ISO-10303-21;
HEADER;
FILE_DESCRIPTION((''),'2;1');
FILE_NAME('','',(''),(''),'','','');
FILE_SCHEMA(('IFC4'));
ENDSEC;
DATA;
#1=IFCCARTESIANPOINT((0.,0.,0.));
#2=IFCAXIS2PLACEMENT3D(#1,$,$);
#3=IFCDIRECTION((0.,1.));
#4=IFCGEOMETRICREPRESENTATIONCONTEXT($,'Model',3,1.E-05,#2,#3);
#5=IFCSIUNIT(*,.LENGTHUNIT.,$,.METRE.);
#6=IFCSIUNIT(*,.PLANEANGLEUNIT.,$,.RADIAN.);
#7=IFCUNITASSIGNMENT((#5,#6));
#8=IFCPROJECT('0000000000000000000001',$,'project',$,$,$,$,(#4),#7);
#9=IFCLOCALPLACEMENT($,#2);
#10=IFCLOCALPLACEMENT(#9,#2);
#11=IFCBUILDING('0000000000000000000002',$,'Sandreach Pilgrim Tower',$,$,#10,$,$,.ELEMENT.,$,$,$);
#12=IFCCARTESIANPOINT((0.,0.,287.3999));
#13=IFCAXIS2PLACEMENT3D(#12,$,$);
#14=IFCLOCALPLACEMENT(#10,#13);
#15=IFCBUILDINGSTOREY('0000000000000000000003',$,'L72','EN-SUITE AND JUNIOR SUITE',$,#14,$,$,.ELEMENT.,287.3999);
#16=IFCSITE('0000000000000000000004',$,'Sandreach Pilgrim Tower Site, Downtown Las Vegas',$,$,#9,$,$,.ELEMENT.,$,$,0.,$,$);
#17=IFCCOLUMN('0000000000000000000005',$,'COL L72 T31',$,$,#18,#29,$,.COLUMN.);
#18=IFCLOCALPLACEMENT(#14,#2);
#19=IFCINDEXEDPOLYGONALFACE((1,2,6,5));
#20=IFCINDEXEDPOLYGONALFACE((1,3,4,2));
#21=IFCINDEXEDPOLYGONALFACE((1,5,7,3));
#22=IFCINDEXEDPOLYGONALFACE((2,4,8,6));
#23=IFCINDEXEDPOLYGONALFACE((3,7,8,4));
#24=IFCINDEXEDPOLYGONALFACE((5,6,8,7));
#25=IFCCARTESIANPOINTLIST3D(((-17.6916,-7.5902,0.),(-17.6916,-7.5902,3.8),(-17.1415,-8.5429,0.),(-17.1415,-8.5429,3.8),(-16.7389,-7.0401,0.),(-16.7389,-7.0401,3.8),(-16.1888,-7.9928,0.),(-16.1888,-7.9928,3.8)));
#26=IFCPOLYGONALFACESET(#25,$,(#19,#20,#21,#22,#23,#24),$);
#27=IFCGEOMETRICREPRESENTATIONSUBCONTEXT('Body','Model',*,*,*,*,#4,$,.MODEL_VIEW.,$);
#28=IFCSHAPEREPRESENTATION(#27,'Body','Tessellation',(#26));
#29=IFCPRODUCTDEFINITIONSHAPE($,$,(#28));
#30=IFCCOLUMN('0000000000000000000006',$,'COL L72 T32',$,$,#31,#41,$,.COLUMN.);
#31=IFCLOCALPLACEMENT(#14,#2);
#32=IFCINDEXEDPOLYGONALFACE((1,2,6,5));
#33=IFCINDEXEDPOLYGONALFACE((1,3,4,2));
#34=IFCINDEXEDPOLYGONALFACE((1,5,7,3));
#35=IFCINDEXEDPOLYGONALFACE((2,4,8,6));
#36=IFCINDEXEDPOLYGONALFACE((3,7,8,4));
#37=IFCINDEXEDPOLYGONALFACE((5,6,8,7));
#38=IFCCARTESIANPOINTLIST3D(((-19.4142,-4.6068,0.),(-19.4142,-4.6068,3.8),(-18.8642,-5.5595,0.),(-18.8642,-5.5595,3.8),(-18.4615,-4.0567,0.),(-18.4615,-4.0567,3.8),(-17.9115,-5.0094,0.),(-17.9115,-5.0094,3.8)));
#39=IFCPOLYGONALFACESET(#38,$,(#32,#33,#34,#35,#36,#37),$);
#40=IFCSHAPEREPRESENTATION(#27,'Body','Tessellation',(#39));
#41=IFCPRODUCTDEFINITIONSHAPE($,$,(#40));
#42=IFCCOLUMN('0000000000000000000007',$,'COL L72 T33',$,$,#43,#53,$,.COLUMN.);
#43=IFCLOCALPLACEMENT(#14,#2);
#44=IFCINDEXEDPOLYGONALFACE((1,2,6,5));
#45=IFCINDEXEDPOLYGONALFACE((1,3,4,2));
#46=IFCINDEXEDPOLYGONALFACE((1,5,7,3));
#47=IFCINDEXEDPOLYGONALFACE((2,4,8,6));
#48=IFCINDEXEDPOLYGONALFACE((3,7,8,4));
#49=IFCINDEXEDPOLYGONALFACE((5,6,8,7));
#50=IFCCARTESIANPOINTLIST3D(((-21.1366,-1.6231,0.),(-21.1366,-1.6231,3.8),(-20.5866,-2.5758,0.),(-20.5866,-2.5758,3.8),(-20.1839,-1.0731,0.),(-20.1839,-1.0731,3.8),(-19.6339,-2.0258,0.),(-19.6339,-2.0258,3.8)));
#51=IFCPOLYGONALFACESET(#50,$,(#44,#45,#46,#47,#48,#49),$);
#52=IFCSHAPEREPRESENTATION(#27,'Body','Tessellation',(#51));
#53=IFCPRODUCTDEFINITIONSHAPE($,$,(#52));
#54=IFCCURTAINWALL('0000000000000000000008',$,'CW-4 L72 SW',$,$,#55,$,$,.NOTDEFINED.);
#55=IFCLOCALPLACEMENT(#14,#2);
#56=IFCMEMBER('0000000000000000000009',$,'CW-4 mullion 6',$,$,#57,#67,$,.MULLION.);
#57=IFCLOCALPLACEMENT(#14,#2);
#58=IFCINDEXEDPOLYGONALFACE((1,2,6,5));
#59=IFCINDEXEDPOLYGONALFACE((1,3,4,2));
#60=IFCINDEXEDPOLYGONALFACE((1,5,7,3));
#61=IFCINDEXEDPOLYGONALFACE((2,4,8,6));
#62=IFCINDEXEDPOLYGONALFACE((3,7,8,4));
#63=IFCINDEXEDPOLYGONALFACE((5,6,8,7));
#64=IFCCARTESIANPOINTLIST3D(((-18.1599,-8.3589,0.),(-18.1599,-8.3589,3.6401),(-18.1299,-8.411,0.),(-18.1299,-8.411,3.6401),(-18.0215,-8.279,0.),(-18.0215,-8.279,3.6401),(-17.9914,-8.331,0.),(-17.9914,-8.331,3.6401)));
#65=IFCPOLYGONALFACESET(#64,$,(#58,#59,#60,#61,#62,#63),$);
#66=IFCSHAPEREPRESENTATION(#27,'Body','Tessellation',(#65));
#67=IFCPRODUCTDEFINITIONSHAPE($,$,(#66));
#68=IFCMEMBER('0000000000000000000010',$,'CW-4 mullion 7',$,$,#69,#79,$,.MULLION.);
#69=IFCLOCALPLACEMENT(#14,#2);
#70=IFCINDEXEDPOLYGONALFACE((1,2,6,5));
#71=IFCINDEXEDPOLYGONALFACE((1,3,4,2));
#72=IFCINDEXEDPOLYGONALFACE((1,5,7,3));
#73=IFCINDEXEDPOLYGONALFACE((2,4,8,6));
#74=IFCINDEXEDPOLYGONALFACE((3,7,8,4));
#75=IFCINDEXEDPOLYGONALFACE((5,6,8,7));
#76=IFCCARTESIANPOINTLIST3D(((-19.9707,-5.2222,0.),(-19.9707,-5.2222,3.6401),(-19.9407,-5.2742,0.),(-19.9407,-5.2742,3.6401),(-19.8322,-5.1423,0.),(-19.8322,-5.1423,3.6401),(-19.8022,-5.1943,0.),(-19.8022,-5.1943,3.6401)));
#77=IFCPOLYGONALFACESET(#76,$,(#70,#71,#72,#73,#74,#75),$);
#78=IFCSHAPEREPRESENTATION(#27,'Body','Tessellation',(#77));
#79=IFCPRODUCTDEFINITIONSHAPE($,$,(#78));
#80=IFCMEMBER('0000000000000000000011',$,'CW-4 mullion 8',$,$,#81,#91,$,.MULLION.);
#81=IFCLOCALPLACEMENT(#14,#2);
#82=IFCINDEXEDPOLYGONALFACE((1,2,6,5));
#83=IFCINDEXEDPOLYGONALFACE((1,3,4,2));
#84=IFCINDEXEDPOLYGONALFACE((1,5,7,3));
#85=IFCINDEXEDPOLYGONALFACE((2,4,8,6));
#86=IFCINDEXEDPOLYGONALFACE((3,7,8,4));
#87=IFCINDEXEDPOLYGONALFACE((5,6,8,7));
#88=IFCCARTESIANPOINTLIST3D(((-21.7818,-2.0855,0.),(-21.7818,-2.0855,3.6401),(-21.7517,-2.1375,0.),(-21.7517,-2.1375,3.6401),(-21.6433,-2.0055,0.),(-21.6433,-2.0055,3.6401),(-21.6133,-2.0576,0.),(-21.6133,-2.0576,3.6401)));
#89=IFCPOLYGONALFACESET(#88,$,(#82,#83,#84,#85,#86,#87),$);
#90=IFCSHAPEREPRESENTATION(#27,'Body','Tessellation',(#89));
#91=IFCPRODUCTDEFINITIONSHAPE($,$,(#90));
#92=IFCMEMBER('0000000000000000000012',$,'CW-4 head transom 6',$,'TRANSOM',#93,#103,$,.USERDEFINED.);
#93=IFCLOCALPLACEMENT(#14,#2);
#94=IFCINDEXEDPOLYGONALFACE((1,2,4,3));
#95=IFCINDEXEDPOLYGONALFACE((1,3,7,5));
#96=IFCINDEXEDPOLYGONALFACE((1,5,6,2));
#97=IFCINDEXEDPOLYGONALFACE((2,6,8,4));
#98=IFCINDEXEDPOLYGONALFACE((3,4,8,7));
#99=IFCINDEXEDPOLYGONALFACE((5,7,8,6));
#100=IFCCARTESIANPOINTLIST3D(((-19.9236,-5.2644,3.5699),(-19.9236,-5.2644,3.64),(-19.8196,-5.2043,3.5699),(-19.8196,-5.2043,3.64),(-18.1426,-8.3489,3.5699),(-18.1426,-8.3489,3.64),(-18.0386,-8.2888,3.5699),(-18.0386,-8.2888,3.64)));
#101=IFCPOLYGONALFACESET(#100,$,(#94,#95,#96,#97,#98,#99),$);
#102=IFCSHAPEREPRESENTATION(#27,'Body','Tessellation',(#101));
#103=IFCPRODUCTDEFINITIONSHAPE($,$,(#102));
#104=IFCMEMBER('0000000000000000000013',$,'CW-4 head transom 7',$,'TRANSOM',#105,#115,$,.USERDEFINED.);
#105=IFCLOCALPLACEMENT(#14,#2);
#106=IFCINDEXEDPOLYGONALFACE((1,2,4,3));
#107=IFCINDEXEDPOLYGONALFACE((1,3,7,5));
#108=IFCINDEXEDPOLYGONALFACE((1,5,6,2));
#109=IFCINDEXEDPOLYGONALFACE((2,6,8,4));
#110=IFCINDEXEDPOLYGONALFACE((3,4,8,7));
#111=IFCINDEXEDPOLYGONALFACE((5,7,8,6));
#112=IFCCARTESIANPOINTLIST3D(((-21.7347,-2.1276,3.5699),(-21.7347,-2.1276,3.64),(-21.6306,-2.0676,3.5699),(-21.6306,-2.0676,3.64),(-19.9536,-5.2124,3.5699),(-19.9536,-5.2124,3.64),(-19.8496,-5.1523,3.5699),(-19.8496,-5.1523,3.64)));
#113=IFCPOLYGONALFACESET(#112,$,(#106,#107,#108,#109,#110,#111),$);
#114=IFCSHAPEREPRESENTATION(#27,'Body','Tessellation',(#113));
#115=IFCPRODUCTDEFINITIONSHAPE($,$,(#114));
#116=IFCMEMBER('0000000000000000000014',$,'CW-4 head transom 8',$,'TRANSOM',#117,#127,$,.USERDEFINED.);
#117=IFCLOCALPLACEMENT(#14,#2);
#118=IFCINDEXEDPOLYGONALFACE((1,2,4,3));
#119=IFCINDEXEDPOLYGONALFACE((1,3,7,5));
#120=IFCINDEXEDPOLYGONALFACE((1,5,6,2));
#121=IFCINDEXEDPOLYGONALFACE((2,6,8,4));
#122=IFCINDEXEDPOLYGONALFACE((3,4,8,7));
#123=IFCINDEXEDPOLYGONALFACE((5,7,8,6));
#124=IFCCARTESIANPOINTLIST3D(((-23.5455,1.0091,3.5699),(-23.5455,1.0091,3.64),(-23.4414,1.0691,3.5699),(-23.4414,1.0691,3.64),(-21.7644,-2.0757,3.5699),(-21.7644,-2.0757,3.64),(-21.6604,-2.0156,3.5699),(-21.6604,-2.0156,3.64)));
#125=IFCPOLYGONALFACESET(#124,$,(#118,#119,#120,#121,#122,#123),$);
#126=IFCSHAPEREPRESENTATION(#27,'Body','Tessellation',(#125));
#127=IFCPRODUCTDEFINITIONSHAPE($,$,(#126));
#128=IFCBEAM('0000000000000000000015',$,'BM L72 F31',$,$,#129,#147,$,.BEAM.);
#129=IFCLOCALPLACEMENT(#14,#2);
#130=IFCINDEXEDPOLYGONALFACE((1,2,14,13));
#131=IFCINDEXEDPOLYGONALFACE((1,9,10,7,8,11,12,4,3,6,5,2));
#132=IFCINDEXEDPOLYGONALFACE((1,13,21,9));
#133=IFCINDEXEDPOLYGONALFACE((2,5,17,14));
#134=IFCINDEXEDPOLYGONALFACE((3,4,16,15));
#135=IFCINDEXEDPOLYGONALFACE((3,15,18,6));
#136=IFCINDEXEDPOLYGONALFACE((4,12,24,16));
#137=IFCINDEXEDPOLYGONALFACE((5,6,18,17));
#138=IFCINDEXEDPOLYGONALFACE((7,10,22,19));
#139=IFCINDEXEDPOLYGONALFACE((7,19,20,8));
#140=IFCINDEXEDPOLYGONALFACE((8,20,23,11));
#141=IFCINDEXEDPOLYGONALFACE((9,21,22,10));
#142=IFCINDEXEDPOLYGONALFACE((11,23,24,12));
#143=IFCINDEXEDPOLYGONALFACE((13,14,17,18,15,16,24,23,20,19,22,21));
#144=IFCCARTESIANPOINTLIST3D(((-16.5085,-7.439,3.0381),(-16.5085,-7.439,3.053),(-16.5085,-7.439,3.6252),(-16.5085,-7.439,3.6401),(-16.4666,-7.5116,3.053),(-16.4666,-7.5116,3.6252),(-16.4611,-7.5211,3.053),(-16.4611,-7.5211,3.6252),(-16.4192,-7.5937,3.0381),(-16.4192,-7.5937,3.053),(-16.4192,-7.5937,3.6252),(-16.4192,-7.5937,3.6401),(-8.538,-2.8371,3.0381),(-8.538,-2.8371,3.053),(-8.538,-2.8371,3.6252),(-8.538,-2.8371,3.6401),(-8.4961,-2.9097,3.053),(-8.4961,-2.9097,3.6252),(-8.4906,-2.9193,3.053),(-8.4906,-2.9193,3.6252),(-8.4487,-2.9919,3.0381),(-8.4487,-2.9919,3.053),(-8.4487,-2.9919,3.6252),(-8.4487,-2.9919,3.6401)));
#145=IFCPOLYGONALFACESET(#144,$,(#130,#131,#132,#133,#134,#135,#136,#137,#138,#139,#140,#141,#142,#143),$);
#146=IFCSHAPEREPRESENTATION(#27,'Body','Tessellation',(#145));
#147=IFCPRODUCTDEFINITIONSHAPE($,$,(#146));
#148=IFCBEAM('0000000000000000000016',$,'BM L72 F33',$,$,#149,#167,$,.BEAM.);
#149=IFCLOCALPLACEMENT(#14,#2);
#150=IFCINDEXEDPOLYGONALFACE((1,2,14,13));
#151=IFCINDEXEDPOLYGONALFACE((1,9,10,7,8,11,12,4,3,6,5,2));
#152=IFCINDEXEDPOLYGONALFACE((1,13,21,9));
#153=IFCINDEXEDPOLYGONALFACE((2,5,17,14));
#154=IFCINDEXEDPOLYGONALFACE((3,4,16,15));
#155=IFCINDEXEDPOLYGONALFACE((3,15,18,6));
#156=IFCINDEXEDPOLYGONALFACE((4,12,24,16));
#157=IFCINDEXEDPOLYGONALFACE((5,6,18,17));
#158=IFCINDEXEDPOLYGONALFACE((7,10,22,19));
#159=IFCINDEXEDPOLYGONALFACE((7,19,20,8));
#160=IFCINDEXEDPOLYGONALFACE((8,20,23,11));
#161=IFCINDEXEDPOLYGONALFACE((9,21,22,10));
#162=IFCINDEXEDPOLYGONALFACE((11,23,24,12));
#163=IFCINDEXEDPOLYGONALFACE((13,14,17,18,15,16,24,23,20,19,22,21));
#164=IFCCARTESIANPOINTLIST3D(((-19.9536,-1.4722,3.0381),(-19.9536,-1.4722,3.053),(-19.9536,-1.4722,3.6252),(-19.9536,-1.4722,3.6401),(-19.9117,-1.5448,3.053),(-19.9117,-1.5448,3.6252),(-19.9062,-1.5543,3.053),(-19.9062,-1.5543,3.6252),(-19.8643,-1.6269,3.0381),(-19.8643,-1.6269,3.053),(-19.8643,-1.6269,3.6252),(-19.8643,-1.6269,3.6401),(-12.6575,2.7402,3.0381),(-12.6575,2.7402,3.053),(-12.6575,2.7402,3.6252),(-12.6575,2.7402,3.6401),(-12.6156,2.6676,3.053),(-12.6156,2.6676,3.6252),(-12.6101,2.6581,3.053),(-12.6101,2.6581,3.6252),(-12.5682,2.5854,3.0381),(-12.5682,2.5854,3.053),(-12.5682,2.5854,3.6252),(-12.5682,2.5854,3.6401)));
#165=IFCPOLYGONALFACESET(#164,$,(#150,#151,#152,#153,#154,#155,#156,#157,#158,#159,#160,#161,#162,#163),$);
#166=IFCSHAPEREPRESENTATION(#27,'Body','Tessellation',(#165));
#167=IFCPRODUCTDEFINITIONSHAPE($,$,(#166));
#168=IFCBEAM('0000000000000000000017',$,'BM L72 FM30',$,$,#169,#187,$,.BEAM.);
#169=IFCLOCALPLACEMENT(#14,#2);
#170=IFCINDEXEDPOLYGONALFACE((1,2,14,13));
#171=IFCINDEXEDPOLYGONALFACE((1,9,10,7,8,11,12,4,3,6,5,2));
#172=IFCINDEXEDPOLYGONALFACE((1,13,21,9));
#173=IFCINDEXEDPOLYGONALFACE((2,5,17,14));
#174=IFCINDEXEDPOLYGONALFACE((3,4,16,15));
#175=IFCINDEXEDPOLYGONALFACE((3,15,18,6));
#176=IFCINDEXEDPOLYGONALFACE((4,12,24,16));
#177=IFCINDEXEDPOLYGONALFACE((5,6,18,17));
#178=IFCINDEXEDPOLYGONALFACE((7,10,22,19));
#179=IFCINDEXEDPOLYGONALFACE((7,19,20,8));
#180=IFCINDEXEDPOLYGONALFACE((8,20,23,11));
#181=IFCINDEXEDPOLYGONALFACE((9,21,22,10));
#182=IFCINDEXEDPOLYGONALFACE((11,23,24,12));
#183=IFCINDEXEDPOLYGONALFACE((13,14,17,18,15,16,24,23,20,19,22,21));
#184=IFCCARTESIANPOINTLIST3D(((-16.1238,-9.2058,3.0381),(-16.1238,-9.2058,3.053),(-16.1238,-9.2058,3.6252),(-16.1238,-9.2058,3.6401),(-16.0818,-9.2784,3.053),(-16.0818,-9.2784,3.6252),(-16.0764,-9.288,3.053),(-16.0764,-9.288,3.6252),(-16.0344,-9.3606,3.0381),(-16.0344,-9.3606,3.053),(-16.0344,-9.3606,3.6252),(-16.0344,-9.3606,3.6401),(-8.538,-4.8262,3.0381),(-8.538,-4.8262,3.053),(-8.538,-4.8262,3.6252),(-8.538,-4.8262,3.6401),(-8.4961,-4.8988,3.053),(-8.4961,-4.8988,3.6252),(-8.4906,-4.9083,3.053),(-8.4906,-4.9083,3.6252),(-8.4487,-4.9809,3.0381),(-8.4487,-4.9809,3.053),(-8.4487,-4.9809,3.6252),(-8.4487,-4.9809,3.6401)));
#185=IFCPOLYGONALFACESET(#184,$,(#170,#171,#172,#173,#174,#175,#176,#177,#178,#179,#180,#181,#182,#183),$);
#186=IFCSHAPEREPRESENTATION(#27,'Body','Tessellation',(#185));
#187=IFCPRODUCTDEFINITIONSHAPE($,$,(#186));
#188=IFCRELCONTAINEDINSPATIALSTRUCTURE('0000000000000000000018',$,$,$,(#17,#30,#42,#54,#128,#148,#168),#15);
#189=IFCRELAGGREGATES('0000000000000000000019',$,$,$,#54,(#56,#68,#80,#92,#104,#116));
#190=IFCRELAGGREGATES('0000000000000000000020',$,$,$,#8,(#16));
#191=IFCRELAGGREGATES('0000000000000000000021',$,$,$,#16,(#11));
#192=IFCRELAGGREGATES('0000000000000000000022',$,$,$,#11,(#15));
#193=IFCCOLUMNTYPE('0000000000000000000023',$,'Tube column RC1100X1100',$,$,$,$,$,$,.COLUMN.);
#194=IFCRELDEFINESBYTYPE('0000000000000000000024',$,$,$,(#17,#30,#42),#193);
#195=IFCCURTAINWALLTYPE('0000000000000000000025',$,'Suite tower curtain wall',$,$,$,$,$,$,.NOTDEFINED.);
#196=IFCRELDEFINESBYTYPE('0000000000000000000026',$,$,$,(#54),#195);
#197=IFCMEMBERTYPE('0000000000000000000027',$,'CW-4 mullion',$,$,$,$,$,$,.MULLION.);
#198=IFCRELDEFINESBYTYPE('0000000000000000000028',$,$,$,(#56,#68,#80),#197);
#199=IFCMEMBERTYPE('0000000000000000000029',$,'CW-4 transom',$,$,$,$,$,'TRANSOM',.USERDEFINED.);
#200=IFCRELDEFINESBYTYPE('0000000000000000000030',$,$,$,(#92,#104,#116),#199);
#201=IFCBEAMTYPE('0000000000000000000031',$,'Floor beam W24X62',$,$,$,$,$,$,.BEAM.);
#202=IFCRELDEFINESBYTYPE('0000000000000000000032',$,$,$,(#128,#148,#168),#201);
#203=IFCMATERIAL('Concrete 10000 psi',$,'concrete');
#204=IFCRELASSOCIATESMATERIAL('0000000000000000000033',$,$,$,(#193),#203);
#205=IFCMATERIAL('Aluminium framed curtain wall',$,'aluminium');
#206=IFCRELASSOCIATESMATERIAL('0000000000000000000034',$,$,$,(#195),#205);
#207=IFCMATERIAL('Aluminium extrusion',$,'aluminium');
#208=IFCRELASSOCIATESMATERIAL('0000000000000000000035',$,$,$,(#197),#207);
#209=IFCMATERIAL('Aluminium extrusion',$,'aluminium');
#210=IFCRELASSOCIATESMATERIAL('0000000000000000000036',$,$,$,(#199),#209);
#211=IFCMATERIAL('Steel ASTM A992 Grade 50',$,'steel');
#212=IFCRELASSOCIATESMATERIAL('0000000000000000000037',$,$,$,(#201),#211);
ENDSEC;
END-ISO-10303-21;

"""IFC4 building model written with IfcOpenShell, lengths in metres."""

from ifc_helpers import new_model, si_unit, direction, frame, origin, origin_2d, place, context, subcontext, project, spatial, rectangle, i_section, extrude, material, material_profile, profile_set, type_object, element, aggregate, save


model = new_model("IFC4")

# Units and contexts
model_context = context("Model", 3, precision=1e-05, world=origin(), true_north=direction((0.0, 1.0)))
body_context = subcontext(model_context, "Body", "Model", "MODEL_VIEW")
ifc_project = project(units=[si_unit("LENGTHUNIT", "METRE"), si_unit("PLANEANGLEUNIT", "RADIAN")], contexts=[model_context])

# Site, building, storey
site_placement = place(None, origin())
site = spatial("IfcSite", under=ifc_project, at=site_placement, Name="Sandreach Pilgrim Tower Site, Downtown Las Vegas", CompositionType="ELEMENT", RefElevation=0.0)
building_placement = place(site_placement, origin())
building = spatial("IfcBuilding", under=site, at=building_placement, Name="Sandreach Pilgrim Tower", CompositionType="ELEMENT")
storey_placement = place(building_placement, frame((0.0, 0.0, 287.3999)))
storey = spatial("IfcBuildingStorey", under=building, at=storey_placement, Name="L72", Description="EN-SUITE AND JUNIOR SUITE", CompositionType="ELEMENT", Elevation=287.3999)

# Columns
ifc_material_1 = material(Name="Concrete 10000 psi", Category="concrete")
ifc_material_profile_1 = material_profile(ifc_material_1, rectangle(XDim=1.1001, YDim=1.1001, at=origin_2d()), Name="RC1100X1100")
ifc_profile_set_1 = profile_set([ifc_material_profile_1], Name="Concrete 10000 psi")
column_type = type_object("IfcColumnType", Name="Tube column RC1100X1100", PredefinedType="COLUMN", material=ifc_profile_set_1)
for number, where, z_axis, x_axis, name in (
    (1, (-16.9402, -7.7915, 0.0), (0.0, 0.0, 1.0), (-0.866025, -0.5, 0.0), "COL L72 T31"),
    (2, (-18.6628, -4.8081, 0.0), (0.0, 0.0, 1.0), (-0.866025, -0.5, 0.0), "COL L72 T32"),
    (3, (-20.3853, -1.8245, 0.0), (0.0, 0.0, 1.0), (-0.866025, -0.5, 0.0), "COL L72 T33"),
):
    element("IfcColumn", number, at=place(storey_placement, frame(where, z_axis=z_axis, x_axis=x_axis)), inside=storey, type_object=column_type, Name=name, PredefinedType="COLUMN", context=body_context, shape_type="SweptSolid", body=[
        extrude(rectangle(XDim=1.1001, YDim=1.1001, at=origin_2d()), origin(), (0.0, 0.0, 1.0), 3.8),
    ])

# Curtain wall, members
ifc_material_2 = material(Name="Aluminium framed curtain wall", Category="aluminium")
curtain_wall_type = type_object("IfcCurtainWallType", Name="Suite tower curtain wall", PredefinedType="NOTDEFINED", material=ifc_material_2)
curtain_wall_placement = place(storey_placement, origin())
curtain_wall = element("IfcCurtainWall", 4, at=curtain_wall_placement, inside=storey, type_object=curtain_wall_type, Name="CW-4 L72 SW", PredefinedType="NOTDEFINED")
ifc_material_3 = material(Name="Aluminium extrusion", Category="aluminium")
ifc_material_profile_2 = material_profile(ifc_material_3, rectangle(XDim=0.0601, YDim=0.1599, at=origin_2d()), Name="CW-4M 60X160")
ifc_profile_set_2 = profile_set([ifc_material_profile_2], Name="Aluminium extrusion")
member_type_1 = type_object("IfcMemberType", Name="CW-4 mullion", PredefinedType="MULLION", material=ifc_profile_set_2)
member_1_placement = place(storey_placement, frame((-18.0757, -8.345, 0.0), z_axis=(0.0, 0.0, 1.0), x_axis=(-0.5, 0.866025, 0.0)))
member_1 = element("IfcMember", 5, at=member_1_placement, type_object=member_type_1, Name="CW-4 mullion 6", PredefinedType="MULLION", context=body_context, shape_type="SweptSolid", body=[
    extrude(rectangle(XDim=0.0601, YDim=0.1599, at=origin_2d()), origin(), (0.0, 0.0, 1.0), 3.6401),
])
member_2_placement = place(storey_placement, frame((-19.8865, -5.2083, 0.0), z_axis=(0.0, 0.0, 1.0), x_axis=(-0.5, 0.866025, 0.0)))
member_2 = element("IfcMember", 6, at=member_2_placement, type_object=member_type_1, Name="CW-4 mullion 7", PredefinedType="MULLION", context=body_context, shape_type="SweptSolid", body=[
    extrude(rectangle(XDim=0.0601, YDim=0.1599, at=origin_2d()), origin(), (0.0, 0.0, 1.0), 3.6401),
])
member_3_placement = place(storey_placement, frame((-21.6975, -2.0715, 0.0), z_axis=(0.0, 0.0, 1.0), x_axis=(-0.5, 0.866025, 0.0)))
member_3 = element("IfcMember", 7, at=member_3_placement, type_object=member_type_1, Name="CW-4 mullion 8", PredefinedType="MULLION", context=body_context, shape_type="SweptSolid", body=[
    extrude(rectangle(XDim=0.0601, YDim=0.1599, at=origin_2d()), origin(), (0.0, 0.0, 1.0), 3.6401),
])
ifc_material_4 = material(Name="Aluminium extrusion", Category="aluminium")
ifc_material_profile_3 = material_profile(ifc_material_4, rectangle(XDim=0.1201, YDim=0.0701, at=origin_2d()), Name="CW-4T 120X70")
ifc_profile_set_3 = profile_set([ifc_material_profile_3], Name="Aluminium extrusion")
member_type_2 = type_object("IfcMemberType", Name="CW-4 transom", ElementType="TRANSOM", PredefinedType="USERDEFINED", material=ifc_profile_set_3)
member_4_placement = place(storey_placement, frame((-18.0906, -8.3188, 3.605), z_axis=(-0.500039, 0.866003, 0.0), x_axis=(-0.866003, -0.500039, 0.0)))
member_4 = element("IfcMember", 8, at=member_4_placement, type_object=member_type_2, Name="CW-4 head transom 6", ObjectType="TRANSOM", PredefinedType="USERDEFINED", context=body_context, shape_type="SweptSolid", body=[
    extrude(rectangle(XDim=0.1201, YDim=0.0701, at=origin_2d()), origin(), (0.0, 0.0, 1.0), 3.5618),
])
member_5_placement = place(storey_placement, frame((-19.9016, -5.1824, 3.605), z_axis=(-0.500009, 0.86602, 0.0), x_axis=(-0.86602, -0.500009, 0.0)))
member_5 = element("IfcMember", 9, at=member_5_placement, type_object=member_type_2, Name="CW-4 head transom 7", ObjectType="TRANSOM", PredefinedType="USERDEFINED", context=body_context, shape_type="SweptSolid", body=[
    extrude(rectangle(XDim=0.1201, YDim=0.0701, at=origin_2d()), origin(), (0.0, 0.0, 1.0), 3.562),
])
member_6_placement = place(storey_placement, frame((-21.7124, -2.0457, 3.605), z_axis=(-0.500009, 0.86602, 0.0), x_axis=(-0.86602, -0.500009, 0.0)))
member_6 = element("IfcMember", 10, at=member_6_placement, type_object=member_type_2, Name="CW-4 head transom 8", ObjectType="TRANSOM", PredefinedType="USERDEFINED", context=body_context, shape_type="SweptSolid", body=[
    extrude(rectangle(XDim=0.1201, YDim=0.0701, at=origin_2d()), origin(), (0.0, 0.0, 1.0), 3.562),
])

# Beams
ifc_material_5 = material(Name="Steel ASTM A992 Grade 50", Category="steel")
ifc_material_profile_4 = material_profile(ifc_material_5, i_section(OverallWidth=0.1787, OverallDepth=0.6021, WebThickness=0.011, FlangeThickness=0.0149, at=origin_2d()), Name="W24X62")
ifc_profile_set_4 = profile_set([ifc_material_profile_4], Name="Steel ASTM A992 Grade 50")
beam_type_1 = type_object("IfcBeamType", Name="Floor beam W24X62", PredefinedType="BEAM", material=ifc_profile_set_4)
beam_1_placement = place(storey_placement, frame((-16.4639, -7.5164, 3.3391), z_axis=(0.866023, 0.500005, 0.0), x_axis=(-0.500005, 0.866023, 0.0)))
element("IfcBeam", 11, at=beam_1_placement, inside=storey, type_object=beam_type_1, Name="BM L72 F31", PredefinedType="BEAM", context=body_context, shape_type="SweptSolid", body=[
    extrude(i_section(OverallWidth=0.1787, OverallDepth=0.6021, WebThickness=0.011, FlangeThickness=0.0149, at=origin_2d()), origin(), (0.0, 0.0, 1.0), 9.2036),
])
beam_2_placement = place(storey_placement, frame((-19.9089, -1.5496, 3.3391), z_axis=(0.866027, 0.499998, 0.0), x_axis=(-0.499998, 0.866027, 0.0)))
element("IfcBeam", 12, at=beam_2_placement, inside=storey, type_object=beam_type_1, Name="BM L72 F33", PredefinedType="BEAM", context=body_context, shape_type="SweptSolid", body=[
    extrude(i_section(OverallWidth=0.1787, OverallDepth=0.6021, WebThickness=0.011, FlangeThickness=0.0149, at=origin_2d()), origin(), (0.0, 0.0, 1.0), 8.4248),
])
beam_3_placement = place(storey_placement, frame((-16.0791, -9.2832, 3.3391), z_axis=(0.866024, 0.500003, 0.0), x_axis=(-0.500003, 0.866024, 0.0)))
element("IfcBeam", 13, at=beam_3_placement, inside=storey, type_object=beam_type_1, Name="BM L72 FM30", PredefinedType="BEAM", context=body_context, shape_type="SweptSolid", body=[
    extrude(i_section(OverallWidth=0.1787, OverallDepth=0.6021, WebThickness=0.011, FlangeThickness=0.0149, at=origin_2d()), origin(), (0.0, 0.0, 1.0), 8.7593),
])

aggregate(curtain_wall, [member_1, member_2, member_3, member_4, member_5, member_6])

save(model, "model.ifc")
